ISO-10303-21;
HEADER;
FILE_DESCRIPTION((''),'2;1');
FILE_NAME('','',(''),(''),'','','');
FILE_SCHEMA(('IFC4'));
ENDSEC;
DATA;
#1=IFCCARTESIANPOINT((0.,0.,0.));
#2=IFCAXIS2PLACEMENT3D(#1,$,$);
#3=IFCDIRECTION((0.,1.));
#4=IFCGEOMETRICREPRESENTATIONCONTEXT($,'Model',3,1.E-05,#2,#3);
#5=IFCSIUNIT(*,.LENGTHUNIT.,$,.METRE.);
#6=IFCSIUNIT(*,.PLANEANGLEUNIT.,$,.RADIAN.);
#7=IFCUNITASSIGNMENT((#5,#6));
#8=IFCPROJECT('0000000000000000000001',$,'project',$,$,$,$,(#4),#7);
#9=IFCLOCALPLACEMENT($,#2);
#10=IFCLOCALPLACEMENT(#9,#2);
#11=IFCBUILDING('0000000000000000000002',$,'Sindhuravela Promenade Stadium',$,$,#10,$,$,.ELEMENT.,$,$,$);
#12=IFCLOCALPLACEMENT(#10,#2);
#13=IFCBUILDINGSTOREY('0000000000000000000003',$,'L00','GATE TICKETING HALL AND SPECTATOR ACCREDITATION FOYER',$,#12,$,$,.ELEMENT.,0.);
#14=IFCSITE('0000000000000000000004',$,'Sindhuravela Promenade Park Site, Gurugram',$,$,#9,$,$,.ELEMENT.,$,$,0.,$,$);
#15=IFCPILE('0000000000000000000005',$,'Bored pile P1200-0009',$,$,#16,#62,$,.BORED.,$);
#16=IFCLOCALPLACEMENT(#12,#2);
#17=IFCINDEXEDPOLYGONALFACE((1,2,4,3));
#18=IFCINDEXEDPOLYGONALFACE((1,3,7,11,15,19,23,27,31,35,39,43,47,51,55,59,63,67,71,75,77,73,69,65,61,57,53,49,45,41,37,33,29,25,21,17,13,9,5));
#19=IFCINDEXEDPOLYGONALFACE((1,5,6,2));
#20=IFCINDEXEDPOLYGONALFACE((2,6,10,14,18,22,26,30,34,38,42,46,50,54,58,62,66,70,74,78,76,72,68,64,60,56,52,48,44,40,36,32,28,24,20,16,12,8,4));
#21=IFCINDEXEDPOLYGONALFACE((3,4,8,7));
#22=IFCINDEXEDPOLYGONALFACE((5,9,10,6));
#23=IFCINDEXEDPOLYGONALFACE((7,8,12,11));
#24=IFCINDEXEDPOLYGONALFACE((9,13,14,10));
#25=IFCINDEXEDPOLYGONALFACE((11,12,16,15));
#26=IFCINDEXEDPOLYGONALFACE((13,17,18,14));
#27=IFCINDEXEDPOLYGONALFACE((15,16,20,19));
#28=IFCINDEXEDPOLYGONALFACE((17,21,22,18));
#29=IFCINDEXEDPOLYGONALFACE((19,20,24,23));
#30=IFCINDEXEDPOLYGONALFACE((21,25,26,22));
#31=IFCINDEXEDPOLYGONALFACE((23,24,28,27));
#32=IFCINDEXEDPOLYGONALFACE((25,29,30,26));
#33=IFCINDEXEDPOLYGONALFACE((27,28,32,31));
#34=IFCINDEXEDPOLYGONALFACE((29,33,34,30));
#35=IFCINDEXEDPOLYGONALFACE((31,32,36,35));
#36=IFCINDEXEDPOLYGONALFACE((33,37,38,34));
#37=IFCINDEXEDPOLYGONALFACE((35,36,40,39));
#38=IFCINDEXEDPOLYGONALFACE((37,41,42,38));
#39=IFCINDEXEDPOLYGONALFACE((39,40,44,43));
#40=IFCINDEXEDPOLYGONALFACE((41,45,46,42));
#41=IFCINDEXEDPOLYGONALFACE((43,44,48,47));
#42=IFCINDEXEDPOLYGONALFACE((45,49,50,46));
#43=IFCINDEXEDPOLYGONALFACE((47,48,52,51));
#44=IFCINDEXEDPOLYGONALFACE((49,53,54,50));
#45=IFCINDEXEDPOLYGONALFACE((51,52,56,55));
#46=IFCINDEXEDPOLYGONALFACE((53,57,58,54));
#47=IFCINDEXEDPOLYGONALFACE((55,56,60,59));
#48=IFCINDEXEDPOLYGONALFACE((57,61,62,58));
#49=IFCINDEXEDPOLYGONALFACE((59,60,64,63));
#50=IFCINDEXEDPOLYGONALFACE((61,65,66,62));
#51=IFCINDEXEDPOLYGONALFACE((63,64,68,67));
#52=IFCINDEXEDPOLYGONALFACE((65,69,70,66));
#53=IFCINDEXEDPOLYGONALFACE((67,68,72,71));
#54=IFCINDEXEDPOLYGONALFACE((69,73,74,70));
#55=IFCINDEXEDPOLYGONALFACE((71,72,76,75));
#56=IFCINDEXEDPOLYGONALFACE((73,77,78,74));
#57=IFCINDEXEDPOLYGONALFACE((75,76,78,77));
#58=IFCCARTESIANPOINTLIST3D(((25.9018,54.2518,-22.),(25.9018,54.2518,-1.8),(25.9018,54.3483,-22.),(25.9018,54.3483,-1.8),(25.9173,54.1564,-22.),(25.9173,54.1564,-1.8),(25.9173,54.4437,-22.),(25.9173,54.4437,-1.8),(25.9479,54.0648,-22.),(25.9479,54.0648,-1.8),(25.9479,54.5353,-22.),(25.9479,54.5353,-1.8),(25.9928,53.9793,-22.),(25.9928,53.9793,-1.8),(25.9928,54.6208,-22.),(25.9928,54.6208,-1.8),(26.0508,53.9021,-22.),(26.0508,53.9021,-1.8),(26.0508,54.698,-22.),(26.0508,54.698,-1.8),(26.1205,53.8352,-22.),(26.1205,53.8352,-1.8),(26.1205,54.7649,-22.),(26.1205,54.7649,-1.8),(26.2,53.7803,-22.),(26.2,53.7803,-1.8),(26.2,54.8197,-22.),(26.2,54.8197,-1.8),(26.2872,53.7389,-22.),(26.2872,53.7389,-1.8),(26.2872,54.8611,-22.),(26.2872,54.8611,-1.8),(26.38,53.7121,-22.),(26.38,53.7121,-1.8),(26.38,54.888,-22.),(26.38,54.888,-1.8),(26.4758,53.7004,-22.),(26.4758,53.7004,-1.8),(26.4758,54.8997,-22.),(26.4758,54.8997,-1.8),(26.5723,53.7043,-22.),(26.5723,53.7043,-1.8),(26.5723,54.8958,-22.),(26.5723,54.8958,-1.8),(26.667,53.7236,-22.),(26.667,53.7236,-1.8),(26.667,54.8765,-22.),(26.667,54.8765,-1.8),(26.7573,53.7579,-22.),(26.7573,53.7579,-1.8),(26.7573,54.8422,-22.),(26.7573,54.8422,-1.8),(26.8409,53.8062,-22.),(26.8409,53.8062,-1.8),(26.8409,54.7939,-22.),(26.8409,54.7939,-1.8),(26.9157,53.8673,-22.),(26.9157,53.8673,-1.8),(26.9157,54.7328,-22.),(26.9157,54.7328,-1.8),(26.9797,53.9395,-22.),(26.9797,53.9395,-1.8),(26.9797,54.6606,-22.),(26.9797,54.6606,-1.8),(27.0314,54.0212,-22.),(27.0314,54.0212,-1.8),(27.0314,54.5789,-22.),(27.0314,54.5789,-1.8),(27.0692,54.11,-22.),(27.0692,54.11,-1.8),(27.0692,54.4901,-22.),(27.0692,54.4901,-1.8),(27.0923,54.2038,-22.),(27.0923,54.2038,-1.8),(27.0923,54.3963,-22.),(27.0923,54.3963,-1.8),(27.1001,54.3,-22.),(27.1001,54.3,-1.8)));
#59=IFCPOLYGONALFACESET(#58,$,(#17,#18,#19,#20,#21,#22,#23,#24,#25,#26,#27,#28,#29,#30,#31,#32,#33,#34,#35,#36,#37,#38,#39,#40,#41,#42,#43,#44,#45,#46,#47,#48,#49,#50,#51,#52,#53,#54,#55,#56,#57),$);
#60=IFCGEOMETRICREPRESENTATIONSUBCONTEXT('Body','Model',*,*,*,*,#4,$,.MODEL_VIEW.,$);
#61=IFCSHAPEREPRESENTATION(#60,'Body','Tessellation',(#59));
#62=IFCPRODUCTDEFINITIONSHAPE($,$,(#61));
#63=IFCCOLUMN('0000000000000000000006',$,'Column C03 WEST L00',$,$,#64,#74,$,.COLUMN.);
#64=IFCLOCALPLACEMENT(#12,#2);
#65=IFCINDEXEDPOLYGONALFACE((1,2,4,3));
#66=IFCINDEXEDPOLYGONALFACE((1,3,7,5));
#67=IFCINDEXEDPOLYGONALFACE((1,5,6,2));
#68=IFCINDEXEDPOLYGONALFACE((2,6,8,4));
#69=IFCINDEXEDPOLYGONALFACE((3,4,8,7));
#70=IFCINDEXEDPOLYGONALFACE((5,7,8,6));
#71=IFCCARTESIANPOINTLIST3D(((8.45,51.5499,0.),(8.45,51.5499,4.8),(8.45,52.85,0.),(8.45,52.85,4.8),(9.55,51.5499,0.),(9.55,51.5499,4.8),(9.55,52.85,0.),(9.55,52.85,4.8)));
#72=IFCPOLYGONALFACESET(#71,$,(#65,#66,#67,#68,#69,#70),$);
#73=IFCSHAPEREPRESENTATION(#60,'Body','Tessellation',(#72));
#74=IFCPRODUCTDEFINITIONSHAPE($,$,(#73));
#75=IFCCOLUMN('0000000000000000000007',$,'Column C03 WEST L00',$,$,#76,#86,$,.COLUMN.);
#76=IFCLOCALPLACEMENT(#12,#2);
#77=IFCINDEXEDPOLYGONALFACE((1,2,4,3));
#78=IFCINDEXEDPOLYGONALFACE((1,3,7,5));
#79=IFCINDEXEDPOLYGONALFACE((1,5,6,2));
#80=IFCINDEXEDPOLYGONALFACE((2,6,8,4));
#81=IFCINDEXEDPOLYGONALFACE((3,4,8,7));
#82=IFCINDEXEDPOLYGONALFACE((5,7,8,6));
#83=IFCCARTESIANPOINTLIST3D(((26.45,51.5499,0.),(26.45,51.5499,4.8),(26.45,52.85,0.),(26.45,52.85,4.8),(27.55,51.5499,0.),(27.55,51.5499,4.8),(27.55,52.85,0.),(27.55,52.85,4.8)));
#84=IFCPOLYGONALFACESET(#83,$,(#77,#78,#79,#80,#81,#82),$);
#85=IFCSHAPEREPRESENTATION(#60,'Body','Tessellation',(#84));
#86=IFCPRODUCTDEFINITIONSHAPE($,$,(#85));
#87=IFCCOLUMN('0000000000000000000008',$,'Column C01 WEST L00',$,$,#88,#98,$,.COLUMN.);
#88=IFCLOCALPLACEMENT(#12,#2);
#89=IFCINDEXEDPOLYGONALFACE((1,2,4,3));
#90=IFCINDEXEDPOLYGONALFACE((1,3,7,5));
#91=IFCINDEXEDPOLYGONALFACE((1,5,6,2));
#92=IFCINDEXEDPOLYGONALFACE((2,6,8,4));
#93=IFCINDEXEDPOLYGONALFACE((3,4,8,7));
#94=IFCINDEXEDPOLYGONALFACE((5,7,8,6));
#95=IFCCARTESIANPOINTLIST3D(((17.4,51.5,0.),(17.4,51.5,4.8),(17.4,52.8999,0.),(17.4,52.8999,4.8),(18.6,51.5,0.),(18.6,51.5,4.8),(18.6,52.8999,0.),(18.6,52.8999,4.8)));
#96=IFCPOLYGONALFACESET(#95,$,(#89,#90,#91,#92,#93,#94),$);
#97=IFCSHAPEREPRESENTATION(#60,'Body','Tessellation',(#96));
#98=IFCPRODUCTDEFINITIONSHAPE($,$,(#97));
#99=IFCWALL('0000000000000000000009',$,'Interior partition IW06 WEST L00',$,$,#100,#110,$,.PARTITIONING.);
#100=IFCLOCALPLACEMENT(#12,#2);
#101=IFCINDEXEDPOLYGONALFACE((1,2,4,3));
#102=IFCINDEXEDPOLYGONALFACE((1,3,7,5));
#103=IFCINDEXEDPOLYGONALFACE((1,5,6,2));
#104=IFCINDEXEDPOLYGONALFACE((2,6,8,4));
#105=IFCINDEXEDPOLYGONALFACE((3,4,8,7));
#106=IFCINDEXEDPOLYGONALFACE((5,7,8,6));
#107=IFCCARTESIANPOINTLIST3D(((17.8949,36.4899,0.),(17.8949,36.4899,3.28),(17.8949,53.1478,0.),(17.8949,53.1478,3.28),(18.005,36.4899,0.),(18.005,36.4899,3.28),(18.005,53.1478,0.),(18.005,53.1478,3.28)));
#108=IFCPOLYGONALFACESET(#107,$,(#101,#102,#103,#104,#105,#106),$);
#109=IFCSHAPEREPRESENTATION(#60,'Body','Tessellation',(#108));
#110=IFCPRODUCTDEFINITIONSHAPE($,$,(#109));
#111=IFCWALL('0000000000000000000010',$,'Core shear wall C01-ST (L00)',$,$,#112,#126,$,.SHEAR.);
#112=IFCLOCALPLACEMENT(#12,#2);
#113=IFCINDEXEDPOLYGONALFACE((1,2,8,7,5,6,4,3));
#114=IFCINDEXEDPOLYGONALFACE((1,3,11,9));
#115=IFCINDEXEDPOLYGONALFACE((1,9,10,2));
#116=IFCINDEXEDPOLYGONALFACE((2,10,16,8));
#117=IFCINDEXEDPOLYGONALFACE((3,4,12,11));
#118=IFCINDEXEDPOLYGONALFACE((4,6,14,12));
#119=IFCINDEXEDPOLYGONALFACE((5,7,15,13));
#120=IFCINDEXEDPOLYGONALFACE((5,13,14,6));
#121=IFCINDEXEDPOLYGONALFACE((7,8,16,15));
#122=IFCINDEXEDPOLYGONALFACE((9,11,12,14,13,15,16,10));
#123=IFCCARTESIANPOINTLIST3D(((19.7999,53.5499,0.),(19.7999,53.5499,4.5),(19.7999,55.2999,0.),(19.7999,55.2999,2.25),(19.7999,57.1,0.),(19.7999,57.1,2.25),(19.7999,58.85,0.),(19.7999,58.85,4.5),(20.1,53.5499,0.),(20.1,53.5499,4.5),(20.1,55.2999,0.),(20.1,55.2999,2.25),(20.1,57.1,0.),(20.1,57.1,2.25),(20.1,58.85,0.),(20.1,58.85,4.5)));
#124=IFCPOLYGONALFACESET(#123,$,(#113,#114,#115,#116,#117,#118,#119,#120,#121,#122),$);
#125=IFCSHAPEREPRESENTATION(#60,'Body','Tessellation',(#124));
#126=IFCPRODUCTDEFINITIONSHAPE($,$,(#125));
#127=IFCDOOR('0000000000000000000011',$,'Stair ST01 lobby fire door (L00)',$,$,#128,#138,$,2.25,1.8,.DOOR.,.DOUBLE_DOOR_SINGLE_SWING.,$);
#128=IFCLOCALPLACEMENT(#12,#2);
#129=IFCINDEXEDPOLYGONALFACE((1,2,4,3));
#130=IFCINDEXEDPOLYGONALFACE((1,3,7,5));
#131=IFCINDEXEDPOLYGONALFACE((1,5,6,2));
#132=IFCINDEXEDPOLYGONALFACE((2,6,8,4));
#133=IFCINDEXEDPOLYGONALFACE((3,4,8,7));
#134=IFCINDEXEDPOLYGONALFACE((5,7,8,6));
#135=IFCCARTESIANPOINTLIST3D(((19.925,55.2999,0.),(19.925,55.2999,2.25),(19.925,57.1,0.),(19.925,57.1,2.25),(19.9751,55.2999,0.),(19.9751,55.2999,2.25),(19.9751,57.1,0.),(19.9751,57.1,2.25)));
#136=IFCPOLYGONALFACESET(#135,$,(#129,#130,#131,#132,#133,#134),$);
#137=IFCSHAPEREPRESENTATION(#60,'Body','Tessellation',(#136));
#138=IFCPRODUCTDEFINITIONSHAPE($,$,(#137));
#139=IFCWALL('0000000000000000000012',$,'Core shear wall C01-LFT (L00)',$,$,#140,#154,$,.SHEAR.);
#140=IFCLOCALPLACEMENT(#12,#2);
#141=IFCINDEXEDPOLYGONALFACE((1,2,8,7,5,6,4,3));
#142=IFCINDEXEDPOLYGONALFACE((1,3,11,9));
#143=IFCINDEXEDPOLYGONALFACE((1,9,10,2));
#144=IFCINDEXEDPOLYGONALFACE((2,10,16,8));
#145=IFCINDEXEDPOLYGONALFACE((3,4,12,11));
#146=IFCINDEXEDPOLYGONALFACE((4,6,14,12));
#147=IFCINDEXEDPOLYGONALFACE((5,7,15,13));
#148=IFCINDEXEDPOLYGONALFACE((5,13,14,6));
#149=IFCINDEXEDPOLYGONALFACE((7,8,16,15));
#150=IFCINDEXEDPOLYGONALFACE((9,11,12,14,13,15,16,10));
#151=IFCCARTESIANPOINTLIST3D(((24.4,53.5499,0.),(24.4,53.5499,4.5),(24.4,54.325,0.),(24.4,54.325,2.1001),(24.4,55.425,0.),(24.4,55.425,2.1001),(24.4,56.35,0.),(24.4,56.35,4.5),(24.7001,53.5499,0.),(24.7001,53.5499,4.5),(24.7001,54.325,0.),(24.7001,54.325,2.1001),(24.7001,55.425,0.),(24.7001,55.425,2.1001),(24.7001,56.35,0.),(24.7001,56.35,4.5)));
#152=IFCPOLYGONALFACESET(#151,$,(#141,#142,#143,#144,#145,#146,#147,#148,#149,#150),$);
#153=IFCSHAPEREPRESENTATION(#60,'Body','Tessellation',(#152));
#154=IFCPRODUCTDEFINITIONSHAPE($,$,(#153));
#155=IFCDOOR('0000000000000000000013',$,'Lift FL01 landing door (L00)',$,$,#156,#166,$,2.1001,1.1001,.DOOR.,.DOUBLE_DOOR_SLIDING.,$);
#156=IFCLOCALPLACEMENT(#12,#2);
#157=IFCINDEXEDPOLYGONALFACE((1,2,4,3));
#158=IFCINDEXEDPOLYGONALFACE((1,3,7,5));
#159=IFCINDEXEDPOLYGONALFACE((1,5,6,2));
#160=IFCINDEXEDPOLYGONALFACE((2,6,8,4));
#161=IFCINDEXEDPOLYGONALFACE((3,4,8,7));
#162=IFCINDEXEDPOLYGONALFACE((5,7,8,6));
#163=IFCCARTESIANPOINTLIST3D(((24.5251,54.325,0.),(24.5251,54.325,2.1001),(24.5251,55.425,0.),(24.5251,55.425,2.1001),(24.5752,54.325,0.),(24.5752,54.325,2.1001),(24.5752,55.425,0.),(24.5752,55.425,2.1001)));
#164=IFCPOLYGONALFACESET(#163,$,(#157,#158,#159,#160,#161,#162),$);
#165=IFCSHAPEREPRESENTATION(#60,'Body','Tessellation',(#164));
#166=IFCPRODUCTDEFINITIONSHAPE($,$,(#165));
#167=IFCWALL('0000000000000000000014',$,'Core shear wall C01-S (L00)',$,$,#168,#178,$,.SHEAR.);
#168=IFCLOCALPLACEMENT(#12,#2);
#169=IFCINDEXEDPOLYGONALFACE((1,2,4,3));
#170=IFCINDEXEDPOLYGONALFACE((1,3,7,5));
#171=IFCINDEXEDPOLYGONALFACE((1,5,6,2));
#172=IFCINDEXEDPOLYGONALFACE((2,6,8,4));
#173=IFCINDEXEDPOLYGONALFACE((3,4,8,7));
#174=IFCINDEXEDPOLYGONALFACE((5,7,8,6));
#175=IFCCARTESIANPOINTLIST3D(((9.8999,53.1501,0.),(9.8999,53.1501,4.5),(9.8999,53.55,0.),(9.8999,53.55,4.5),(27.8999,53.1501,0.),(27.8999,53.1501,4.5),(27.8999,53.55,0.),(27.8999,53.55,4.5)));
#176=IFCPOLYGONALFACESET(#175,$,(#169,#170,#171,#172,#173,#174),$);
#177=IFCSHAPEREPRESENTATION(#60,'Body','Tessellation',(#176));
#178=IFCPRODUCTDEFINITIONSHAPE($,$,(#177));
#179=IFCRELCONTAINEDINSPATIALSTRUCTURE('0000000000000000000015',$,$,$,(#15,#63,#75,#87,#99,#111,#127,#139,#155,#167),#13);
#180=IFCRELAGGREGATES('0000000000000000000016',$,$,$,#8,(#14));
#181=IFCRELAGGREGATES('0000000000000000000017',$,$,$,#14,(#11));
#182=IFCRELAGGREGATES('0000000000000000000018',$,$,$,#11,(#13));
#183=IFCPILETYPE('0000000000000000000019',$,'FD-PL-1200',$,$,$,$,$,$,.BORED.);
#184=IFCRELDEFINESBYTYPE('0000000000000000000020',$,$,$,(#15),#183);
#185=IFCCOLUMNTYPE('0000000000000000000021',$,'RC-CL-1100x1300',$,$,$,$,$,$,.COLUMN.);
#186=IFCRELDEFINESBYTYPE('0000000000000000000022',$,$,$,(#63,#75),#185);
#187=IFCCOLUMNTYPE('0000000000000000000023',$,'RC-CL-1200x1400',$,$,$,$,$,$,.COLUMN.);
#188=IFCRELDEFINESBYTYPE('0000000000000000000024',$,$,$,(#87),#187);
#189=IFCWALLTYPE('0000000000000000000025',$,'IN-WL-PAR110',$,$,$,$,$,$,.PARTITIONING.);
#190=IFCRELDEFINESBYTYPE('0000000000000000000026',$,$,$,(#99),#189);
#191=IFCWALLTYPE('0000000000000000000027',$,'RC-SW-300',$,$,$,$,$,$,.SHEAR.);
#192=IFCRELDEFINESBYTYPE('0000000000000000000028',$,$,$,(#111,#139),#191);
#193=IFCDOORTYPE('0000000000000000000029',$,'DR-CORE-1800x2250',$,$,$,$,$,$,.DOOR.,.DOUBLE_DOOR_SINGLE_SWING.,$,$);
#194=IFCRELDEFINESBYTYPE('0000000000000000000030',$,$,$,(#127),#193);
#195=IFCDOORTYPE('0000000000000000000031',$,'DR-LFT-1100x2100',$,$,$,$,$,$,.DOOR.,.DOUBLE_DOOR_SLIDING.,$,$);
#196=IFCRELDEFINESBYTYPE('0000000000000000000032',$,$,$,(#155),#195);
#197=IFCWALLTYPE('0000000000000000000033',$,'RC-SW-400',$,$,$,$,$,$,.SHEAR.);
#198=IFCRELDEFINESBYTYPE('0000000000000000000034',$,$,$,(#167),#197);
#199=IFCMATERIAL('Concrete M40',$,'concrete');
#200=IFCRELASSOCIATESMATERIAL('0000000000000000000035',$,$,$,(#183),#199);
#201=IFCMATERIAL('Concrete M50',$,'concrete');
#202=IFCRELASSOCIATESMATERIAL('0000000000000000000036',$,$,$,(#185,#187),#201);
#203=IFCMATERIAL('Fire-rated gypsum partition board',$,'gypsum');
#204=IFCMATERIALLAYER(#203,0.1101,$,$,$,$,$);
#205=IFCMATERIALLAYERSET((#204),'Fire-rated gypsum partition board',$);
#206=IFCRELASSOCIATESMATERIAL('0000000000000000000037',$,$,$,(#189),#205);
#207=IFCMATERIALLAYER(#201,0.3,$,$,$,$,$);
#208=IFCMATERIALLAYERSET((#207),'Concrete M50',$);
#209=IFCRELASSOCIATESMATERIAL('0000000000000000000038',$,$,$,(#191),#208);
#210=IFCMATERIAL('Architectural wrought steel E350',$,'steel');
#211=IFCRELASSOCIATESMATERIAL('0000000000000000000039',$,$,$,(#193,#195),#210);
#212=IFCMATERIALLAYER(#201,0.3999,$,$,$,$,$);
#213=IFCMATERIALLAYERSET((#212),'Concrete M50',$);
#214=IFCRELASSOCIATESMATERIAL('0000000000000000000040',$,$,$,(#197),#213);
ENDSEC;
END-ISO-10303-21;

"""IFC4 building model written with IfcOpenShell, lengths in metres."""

from ifc_helpers import new_model, si_unit, direction, frame, frame_2d, origin, origin_2d, place, context, subcontext, project, spatial, rectangle, circle, extrude, material, layer, layer_set, material_profile, profile_set, type_object, element, fill, save


model = new_model("IFC4")

# Units and contexts
model_context = context("Model", 3, precision=1e-05, world=origin(), true_north=direction((0.0, 1.0)))
body_context = subcontext(model_context, "Body", "Model", "MODEL_VIEW")
ifc_project = project(units=[si_unit("LENGTHUNIT", "METRE"), si_unit("PLANEANGLEUNIT", "RADIAN")], contexts=[model_context])

# Site, building, storey
site_placement = place(None, origin())
site = spatial("IfcSite", under=ifc_project, at=site_placement, Name="Sindhuravela Promenade Park Site, Gurugram", CompositionType="ELEMENT", RefElevation=0.0)
building_placement = place(site_placement, origin())
building = spatial("IfcBuilding", under=site, at=building_placement, Name="Sindhuravela Promenade Stadium", CompositionType="ELEMENT")
storey_placement = place(building_placement, origin())
storey = spatial("IfcBuildingStorey", under=building, at=storey_placement, Name="L00", Description="GATE TICKETING HALL AND SPECTATOR ACCREDITATION FOYER", CompositionType="ELEMENT", Elevation=0.0)

# Shared definitions
ifc_material_1 = material(Name="Concrete M50", Category="concrete")

# Pile
ifc_material_2 = material(Name="Concrete M40", Category="concrete")
ifc_material_profile_1 = material_profile(ifc_material_2, circle(Radius=0.6001, at=origin_2d()), Name="BORED PILE D1200")
ifc_profile_set_1 = profile_set([ifc_material_profile_1], Name="Concrete M40")
pile_type_1 = type_object("IfcPileType", Name="FD-PL-1200", PredefinedType="BORED", material=ifc_profile_set_1)
for number, where, z_axis, x_axis, name in (
    (1, (26.5, 54.3, -1.8), (0.0, 0.0, -1.0), (1.0, 0.0, 0.0), "Bored pile P1200-0009"),
):
    element("IfcPile", number, at=place(storey_placement, frame(where, z_axis=z_axis, x_axis=x_axis)), inside=storey, type_object=pile_type_1, Name=name, PredefinedType="BORED", context=body_context, shape_type="SweptSolid", body=[
        extrude(circle(Radius=0.6001, at=origin_2d()), origin(), (0.0, 0.0, 1.0), 20.2),
    ])

# Columns
ifc_material_profile_2 = material_profile(ifc_material_1, rectangle(XDim=1.1001, YDim=1.3, at=origin_2d()), Name="RC 1100x1300")
ifc_profile_set_2 = profile_set([ifc_material_profile_2], Name="Concrete M50")
column_type_1 = type_object("IfcColumnType", Name="RC-CL-1100x1300", PredefinedType="COLUMN", material=ifc_profile_set_2)
for number, where, z_axis, x_axis, name in (
    (2, (9.0, 52.2, 0.0), (0.0, 0.0, 1.0), (1.0, 0.0, 0.0), "Column C03 WEST L00"),
    (3, (27.0, 52.2, 0.0), (0.0, 0.0, 1.0), (1.0, 0.0, 0.0), "Column C03 WEST L00"),
):
    element("IfcColumn", number, at=place(storey_placement, frame(where, z_axis=z_axis, x_axis=x_axis)), inside=storey, type_object=column_type_1, Name=name, PredefinedType="COLUMN", context=body_context, shape_type="SweptSolid", body=[
        extrude(rectangle(XDim=1.1001, YDim=1.3, at=origin_2d()), origin(), (0.0, 0.0, 1.0), 4.8),
    ])
ifc_material_profile_3 = material_profile(ifc_material_1, rectangle(XDim=1.2, YDim=1.3999, at=origin_2d()), Name="RC 1200x1400")
ifc_profile_set_3 = profile_set([ifc_material_profile_3], Name="Concrete M50")
column_type_2 = type_object("IfcColumnType", Name="RC-CL-1200x1400", PredefinedType="COLUMN", material=ifc_profile_set_3)
column_placement = place(storey_placement, frame((18.0, 52.2, 0.0), z_axis=(0.0, 0.0, 1.0), x_axis=(1.0, 0.0, 0.0)))
element("IfcColumn", 4, at=column_placement, inside=storey, type_object=column_type_2, Name="Column C01 WEST L00", PredefinedType="COLUMN", context=body_context, shape_type="SweptSolid", body=[
    extrude(rectangle(XDim=1.2, YDim=1.3999, at=origin_2d()), origin(), (0.0, 0.0, 1.0), 4.8),
])

# Wall
ifc_material_3 = material(Name="Fire-rated gypsum partition board", Category="gypsum")
ifc_layer_1 = layer(ifc_material_3, 0.1101)
ifc_layer_set_1 = layer_set([ifc_layer_1], Name="Fire-rated gypsum partition board")
wall_type_1 = type_object("IfcWallType", Name="IN-WL-PAR110", PredefinedType="PARTITIONING", material=ifc_layer_set_1)
wall_1_placement = place(storey_placement, frame((17.95, 53.1479, 0.0), z_axis=(0.0, 0.0, 1.0), x_axis=(0.0, -1.0, 0.0)))
element("IfcWall", 5, at=wall_1_placement, inside=storey, type_object=wall_type_1, Name="Interior partition IW06 WEST L00", PredefinedType="PARTITIONING", context=body_context, shape_type="SweptSolid", body=[
    extrude(rectangle(XDim=16.658, YDim=0.1101, at=frame_2d((8.3291, 0.0))), origin(), (0.0, 0.0, 1.0), 3.28),
])

# Walls, openings, doors
ifc_layer_2 = layer(ifc_material_1, 0.3)
ifc_layer_set_2 = layer_set([ifc_layer_2], Name="Concrete M50")
wall_type_2 = type_object("IfcWallType", Name="RC-SW-300", PredefinedType="SHEAR", material=ifc_layer_set_2)
wall_2_placement = place(storey_placement, frame((19.95, 53.55, 0.0), z_axis=(0.0, 0.0, 1.0), x_axis=(0.0, 1.0, 0.0)))
wall_2 = element("IfcWall", 6, at=wall_2_placement, inside=storey, type_object=wall_type_2, Name="Core shear wall C01-ST (L00)", PredefinedType="SHEAR", context=body_context, shape_type="SweptSolid", body=[
    extrude(rectangle(XDim=5.3, YDim=0.3, at=frame_2d((2.6499, 0.0))), origin(), (0.0, 0.0, 1.0), 4.5),
])
opening_1_placement = place(wall_2_placement, frame((1.75, 0.0, 0.0)))
opening_1 = element("IfcOpeningElement", 7, at=opening_1_placement, cuts=wall_2, PredefinedType="OPENING", context=body_context, shape_type="SweptSolid", body=[
    extrude(rectangle(XDim=1.8, YDim=2.25, at=frame_2d((0.8999, 1.125))), frame((0.0, 0.1599, 0.0), z_axis=(0.0, -1.0, 0.0), x_axis=(1.0, 0.0, 0.0)), (0.0, 0.0, 1.0), 0.3201),
])
ifc_material_4 = material(Name="Architectural wrought steel E350", Category="steel")
door_type_1 = type_object("IfcDoorType", Name="DR-CORE-1800x2250", OperationType="DOUBLE_DOOR_SINGLE_SWING", PredefinedType="DOOR", material=ifc_material_4)
door_1_placement = place(opening_1_placement, origin())
door_1 = element("IfcDoor", 8, at=door_1_placement, inside=storey, type_object=door_type_1, Name="Stair ST01 lobby fire door (L00)", OperationType="DOUBLE_DOOR_SINGLE_SWING", OverallHeight=2.25, OverallWidth=1.8, PredefinedType="DOOR", context=body_context, shape_type="SweptSolid", body=[
    extrude(rectangle(XDim=1.8, YDim=2.25, at=frame_2d((0.8999, 1.125))), frame((0.0, 0.0249, 0.0), z_axis=(0.0, -1.0, 0.0), x_axis=(1.0, 0.0, 0.0)), (0.0, 0.0, 1.0), 0.05),
])
fill(opening_1, door_1)
wall_3_placement = place(storey_placement, frame((24.55, 53.55, 0.0), z_axis=(0.0, 0.0, 1.0), x_axis=(0.0, 1.0, 0.0)))
wall_3 = element("IfcWall", 9, at=wall_3_placement, inside=storey, type_object=wall_type_2, Name="Core shear wall C01-LFT (L00)", PredefinedType="SHEAR", context=body_context, shape_type="SweptSolid", body=[
    extrude(rectangle(XDim=2.8, YDim=0.3, at=frame_2d((1.3999, 0.0))), origin(), (0.0, 0.0, 1.0), 4.5),
])
opening_2_placement = place(wall_3_placement, frame((0.7749, 0.0, 0.0)))
opening_2 = element("IfcOpeningElement", 10, at=opening_2_placement, cuts=wall_3, PredefinedType="OPENING", context=body_context, shape_type="SweptSolid", body=[
    extrude(rectangle(XDim=1.1001, YDim=2.1001, at=frame_2d((0.55, 1.05))), frame((0.0, 0.1599, 0.0), z_axis=(0.0, -1.0, 0.0), x_axis=(1.0, 0.0, 0.0)), (0.0, 0.0, 1.0), 0.3201),
])
door_type_2 = type_object("IfcDoorType", Name="DR-LFT-1100x2100", OperationType="DOUBLE_DOOR_SLIDING", PredefinedType="DOOR", material=ifc_material_4)
door_2_placement = place(opening_2_placement, origin())
door_2 = element("IfcDoor", 11, at=door_2_placement, inside=storey, type_object=door_type_2, Name="Lift FL01 landing door (L00)", OperationType="DOUBLE_DOOR_SLIDING", OverallHeight=2.1001, OverallWidth=1.1001, PredefinedType="DOOR", context=body_context, shape_type="SweptSolid", body=[
    extrude(rectangle(XDim=1.1001, YDim=2.1001, at=frame_2d((0.55, 1.05))), frame((0.0, 0.0249, 0.0), z_axis=(0.0, -1.0, 0.0), x_axis=(1.0, 0.0, 0.0)), (0.0, 0.0, 1.0), 0.05),
])
fill(opening_2, door_2)

# Wall
ifc_layer_3 = layer(ifc_material_1, 0.3999)
ifc_layer_set_3 = layer_set([ifc_layer_3], Name="Concrete M50")
wall_type_3 = type_object("IfcWallType", Name="RC-SW-400", PredefinedType="SHEAR", material=ifc_layer_set_3)
wall_4_placement = place(storey_placement, frame((9.8999, 53.3501, 0.0), z_axis=(0.0, 0.0, 1.0), x_axis=(1.0, 0.0, 0.0)))
element("IfcWall", 12, at=wall_4_placement, inside=storey, type_object=wall_type_3, Name="Core shear wall C01-S (L00)", PredefinedType="SHEAR", context=body_context, shape_type="SweptSolid", body=[
    extrude(rectangle(XDim=18.0, YDim=0.3999, at=frame_2d((9.0, 0.0))), origin(), (0.0, 0.0, 1.0), 4.5),
])

save(model, "model.ifc")
